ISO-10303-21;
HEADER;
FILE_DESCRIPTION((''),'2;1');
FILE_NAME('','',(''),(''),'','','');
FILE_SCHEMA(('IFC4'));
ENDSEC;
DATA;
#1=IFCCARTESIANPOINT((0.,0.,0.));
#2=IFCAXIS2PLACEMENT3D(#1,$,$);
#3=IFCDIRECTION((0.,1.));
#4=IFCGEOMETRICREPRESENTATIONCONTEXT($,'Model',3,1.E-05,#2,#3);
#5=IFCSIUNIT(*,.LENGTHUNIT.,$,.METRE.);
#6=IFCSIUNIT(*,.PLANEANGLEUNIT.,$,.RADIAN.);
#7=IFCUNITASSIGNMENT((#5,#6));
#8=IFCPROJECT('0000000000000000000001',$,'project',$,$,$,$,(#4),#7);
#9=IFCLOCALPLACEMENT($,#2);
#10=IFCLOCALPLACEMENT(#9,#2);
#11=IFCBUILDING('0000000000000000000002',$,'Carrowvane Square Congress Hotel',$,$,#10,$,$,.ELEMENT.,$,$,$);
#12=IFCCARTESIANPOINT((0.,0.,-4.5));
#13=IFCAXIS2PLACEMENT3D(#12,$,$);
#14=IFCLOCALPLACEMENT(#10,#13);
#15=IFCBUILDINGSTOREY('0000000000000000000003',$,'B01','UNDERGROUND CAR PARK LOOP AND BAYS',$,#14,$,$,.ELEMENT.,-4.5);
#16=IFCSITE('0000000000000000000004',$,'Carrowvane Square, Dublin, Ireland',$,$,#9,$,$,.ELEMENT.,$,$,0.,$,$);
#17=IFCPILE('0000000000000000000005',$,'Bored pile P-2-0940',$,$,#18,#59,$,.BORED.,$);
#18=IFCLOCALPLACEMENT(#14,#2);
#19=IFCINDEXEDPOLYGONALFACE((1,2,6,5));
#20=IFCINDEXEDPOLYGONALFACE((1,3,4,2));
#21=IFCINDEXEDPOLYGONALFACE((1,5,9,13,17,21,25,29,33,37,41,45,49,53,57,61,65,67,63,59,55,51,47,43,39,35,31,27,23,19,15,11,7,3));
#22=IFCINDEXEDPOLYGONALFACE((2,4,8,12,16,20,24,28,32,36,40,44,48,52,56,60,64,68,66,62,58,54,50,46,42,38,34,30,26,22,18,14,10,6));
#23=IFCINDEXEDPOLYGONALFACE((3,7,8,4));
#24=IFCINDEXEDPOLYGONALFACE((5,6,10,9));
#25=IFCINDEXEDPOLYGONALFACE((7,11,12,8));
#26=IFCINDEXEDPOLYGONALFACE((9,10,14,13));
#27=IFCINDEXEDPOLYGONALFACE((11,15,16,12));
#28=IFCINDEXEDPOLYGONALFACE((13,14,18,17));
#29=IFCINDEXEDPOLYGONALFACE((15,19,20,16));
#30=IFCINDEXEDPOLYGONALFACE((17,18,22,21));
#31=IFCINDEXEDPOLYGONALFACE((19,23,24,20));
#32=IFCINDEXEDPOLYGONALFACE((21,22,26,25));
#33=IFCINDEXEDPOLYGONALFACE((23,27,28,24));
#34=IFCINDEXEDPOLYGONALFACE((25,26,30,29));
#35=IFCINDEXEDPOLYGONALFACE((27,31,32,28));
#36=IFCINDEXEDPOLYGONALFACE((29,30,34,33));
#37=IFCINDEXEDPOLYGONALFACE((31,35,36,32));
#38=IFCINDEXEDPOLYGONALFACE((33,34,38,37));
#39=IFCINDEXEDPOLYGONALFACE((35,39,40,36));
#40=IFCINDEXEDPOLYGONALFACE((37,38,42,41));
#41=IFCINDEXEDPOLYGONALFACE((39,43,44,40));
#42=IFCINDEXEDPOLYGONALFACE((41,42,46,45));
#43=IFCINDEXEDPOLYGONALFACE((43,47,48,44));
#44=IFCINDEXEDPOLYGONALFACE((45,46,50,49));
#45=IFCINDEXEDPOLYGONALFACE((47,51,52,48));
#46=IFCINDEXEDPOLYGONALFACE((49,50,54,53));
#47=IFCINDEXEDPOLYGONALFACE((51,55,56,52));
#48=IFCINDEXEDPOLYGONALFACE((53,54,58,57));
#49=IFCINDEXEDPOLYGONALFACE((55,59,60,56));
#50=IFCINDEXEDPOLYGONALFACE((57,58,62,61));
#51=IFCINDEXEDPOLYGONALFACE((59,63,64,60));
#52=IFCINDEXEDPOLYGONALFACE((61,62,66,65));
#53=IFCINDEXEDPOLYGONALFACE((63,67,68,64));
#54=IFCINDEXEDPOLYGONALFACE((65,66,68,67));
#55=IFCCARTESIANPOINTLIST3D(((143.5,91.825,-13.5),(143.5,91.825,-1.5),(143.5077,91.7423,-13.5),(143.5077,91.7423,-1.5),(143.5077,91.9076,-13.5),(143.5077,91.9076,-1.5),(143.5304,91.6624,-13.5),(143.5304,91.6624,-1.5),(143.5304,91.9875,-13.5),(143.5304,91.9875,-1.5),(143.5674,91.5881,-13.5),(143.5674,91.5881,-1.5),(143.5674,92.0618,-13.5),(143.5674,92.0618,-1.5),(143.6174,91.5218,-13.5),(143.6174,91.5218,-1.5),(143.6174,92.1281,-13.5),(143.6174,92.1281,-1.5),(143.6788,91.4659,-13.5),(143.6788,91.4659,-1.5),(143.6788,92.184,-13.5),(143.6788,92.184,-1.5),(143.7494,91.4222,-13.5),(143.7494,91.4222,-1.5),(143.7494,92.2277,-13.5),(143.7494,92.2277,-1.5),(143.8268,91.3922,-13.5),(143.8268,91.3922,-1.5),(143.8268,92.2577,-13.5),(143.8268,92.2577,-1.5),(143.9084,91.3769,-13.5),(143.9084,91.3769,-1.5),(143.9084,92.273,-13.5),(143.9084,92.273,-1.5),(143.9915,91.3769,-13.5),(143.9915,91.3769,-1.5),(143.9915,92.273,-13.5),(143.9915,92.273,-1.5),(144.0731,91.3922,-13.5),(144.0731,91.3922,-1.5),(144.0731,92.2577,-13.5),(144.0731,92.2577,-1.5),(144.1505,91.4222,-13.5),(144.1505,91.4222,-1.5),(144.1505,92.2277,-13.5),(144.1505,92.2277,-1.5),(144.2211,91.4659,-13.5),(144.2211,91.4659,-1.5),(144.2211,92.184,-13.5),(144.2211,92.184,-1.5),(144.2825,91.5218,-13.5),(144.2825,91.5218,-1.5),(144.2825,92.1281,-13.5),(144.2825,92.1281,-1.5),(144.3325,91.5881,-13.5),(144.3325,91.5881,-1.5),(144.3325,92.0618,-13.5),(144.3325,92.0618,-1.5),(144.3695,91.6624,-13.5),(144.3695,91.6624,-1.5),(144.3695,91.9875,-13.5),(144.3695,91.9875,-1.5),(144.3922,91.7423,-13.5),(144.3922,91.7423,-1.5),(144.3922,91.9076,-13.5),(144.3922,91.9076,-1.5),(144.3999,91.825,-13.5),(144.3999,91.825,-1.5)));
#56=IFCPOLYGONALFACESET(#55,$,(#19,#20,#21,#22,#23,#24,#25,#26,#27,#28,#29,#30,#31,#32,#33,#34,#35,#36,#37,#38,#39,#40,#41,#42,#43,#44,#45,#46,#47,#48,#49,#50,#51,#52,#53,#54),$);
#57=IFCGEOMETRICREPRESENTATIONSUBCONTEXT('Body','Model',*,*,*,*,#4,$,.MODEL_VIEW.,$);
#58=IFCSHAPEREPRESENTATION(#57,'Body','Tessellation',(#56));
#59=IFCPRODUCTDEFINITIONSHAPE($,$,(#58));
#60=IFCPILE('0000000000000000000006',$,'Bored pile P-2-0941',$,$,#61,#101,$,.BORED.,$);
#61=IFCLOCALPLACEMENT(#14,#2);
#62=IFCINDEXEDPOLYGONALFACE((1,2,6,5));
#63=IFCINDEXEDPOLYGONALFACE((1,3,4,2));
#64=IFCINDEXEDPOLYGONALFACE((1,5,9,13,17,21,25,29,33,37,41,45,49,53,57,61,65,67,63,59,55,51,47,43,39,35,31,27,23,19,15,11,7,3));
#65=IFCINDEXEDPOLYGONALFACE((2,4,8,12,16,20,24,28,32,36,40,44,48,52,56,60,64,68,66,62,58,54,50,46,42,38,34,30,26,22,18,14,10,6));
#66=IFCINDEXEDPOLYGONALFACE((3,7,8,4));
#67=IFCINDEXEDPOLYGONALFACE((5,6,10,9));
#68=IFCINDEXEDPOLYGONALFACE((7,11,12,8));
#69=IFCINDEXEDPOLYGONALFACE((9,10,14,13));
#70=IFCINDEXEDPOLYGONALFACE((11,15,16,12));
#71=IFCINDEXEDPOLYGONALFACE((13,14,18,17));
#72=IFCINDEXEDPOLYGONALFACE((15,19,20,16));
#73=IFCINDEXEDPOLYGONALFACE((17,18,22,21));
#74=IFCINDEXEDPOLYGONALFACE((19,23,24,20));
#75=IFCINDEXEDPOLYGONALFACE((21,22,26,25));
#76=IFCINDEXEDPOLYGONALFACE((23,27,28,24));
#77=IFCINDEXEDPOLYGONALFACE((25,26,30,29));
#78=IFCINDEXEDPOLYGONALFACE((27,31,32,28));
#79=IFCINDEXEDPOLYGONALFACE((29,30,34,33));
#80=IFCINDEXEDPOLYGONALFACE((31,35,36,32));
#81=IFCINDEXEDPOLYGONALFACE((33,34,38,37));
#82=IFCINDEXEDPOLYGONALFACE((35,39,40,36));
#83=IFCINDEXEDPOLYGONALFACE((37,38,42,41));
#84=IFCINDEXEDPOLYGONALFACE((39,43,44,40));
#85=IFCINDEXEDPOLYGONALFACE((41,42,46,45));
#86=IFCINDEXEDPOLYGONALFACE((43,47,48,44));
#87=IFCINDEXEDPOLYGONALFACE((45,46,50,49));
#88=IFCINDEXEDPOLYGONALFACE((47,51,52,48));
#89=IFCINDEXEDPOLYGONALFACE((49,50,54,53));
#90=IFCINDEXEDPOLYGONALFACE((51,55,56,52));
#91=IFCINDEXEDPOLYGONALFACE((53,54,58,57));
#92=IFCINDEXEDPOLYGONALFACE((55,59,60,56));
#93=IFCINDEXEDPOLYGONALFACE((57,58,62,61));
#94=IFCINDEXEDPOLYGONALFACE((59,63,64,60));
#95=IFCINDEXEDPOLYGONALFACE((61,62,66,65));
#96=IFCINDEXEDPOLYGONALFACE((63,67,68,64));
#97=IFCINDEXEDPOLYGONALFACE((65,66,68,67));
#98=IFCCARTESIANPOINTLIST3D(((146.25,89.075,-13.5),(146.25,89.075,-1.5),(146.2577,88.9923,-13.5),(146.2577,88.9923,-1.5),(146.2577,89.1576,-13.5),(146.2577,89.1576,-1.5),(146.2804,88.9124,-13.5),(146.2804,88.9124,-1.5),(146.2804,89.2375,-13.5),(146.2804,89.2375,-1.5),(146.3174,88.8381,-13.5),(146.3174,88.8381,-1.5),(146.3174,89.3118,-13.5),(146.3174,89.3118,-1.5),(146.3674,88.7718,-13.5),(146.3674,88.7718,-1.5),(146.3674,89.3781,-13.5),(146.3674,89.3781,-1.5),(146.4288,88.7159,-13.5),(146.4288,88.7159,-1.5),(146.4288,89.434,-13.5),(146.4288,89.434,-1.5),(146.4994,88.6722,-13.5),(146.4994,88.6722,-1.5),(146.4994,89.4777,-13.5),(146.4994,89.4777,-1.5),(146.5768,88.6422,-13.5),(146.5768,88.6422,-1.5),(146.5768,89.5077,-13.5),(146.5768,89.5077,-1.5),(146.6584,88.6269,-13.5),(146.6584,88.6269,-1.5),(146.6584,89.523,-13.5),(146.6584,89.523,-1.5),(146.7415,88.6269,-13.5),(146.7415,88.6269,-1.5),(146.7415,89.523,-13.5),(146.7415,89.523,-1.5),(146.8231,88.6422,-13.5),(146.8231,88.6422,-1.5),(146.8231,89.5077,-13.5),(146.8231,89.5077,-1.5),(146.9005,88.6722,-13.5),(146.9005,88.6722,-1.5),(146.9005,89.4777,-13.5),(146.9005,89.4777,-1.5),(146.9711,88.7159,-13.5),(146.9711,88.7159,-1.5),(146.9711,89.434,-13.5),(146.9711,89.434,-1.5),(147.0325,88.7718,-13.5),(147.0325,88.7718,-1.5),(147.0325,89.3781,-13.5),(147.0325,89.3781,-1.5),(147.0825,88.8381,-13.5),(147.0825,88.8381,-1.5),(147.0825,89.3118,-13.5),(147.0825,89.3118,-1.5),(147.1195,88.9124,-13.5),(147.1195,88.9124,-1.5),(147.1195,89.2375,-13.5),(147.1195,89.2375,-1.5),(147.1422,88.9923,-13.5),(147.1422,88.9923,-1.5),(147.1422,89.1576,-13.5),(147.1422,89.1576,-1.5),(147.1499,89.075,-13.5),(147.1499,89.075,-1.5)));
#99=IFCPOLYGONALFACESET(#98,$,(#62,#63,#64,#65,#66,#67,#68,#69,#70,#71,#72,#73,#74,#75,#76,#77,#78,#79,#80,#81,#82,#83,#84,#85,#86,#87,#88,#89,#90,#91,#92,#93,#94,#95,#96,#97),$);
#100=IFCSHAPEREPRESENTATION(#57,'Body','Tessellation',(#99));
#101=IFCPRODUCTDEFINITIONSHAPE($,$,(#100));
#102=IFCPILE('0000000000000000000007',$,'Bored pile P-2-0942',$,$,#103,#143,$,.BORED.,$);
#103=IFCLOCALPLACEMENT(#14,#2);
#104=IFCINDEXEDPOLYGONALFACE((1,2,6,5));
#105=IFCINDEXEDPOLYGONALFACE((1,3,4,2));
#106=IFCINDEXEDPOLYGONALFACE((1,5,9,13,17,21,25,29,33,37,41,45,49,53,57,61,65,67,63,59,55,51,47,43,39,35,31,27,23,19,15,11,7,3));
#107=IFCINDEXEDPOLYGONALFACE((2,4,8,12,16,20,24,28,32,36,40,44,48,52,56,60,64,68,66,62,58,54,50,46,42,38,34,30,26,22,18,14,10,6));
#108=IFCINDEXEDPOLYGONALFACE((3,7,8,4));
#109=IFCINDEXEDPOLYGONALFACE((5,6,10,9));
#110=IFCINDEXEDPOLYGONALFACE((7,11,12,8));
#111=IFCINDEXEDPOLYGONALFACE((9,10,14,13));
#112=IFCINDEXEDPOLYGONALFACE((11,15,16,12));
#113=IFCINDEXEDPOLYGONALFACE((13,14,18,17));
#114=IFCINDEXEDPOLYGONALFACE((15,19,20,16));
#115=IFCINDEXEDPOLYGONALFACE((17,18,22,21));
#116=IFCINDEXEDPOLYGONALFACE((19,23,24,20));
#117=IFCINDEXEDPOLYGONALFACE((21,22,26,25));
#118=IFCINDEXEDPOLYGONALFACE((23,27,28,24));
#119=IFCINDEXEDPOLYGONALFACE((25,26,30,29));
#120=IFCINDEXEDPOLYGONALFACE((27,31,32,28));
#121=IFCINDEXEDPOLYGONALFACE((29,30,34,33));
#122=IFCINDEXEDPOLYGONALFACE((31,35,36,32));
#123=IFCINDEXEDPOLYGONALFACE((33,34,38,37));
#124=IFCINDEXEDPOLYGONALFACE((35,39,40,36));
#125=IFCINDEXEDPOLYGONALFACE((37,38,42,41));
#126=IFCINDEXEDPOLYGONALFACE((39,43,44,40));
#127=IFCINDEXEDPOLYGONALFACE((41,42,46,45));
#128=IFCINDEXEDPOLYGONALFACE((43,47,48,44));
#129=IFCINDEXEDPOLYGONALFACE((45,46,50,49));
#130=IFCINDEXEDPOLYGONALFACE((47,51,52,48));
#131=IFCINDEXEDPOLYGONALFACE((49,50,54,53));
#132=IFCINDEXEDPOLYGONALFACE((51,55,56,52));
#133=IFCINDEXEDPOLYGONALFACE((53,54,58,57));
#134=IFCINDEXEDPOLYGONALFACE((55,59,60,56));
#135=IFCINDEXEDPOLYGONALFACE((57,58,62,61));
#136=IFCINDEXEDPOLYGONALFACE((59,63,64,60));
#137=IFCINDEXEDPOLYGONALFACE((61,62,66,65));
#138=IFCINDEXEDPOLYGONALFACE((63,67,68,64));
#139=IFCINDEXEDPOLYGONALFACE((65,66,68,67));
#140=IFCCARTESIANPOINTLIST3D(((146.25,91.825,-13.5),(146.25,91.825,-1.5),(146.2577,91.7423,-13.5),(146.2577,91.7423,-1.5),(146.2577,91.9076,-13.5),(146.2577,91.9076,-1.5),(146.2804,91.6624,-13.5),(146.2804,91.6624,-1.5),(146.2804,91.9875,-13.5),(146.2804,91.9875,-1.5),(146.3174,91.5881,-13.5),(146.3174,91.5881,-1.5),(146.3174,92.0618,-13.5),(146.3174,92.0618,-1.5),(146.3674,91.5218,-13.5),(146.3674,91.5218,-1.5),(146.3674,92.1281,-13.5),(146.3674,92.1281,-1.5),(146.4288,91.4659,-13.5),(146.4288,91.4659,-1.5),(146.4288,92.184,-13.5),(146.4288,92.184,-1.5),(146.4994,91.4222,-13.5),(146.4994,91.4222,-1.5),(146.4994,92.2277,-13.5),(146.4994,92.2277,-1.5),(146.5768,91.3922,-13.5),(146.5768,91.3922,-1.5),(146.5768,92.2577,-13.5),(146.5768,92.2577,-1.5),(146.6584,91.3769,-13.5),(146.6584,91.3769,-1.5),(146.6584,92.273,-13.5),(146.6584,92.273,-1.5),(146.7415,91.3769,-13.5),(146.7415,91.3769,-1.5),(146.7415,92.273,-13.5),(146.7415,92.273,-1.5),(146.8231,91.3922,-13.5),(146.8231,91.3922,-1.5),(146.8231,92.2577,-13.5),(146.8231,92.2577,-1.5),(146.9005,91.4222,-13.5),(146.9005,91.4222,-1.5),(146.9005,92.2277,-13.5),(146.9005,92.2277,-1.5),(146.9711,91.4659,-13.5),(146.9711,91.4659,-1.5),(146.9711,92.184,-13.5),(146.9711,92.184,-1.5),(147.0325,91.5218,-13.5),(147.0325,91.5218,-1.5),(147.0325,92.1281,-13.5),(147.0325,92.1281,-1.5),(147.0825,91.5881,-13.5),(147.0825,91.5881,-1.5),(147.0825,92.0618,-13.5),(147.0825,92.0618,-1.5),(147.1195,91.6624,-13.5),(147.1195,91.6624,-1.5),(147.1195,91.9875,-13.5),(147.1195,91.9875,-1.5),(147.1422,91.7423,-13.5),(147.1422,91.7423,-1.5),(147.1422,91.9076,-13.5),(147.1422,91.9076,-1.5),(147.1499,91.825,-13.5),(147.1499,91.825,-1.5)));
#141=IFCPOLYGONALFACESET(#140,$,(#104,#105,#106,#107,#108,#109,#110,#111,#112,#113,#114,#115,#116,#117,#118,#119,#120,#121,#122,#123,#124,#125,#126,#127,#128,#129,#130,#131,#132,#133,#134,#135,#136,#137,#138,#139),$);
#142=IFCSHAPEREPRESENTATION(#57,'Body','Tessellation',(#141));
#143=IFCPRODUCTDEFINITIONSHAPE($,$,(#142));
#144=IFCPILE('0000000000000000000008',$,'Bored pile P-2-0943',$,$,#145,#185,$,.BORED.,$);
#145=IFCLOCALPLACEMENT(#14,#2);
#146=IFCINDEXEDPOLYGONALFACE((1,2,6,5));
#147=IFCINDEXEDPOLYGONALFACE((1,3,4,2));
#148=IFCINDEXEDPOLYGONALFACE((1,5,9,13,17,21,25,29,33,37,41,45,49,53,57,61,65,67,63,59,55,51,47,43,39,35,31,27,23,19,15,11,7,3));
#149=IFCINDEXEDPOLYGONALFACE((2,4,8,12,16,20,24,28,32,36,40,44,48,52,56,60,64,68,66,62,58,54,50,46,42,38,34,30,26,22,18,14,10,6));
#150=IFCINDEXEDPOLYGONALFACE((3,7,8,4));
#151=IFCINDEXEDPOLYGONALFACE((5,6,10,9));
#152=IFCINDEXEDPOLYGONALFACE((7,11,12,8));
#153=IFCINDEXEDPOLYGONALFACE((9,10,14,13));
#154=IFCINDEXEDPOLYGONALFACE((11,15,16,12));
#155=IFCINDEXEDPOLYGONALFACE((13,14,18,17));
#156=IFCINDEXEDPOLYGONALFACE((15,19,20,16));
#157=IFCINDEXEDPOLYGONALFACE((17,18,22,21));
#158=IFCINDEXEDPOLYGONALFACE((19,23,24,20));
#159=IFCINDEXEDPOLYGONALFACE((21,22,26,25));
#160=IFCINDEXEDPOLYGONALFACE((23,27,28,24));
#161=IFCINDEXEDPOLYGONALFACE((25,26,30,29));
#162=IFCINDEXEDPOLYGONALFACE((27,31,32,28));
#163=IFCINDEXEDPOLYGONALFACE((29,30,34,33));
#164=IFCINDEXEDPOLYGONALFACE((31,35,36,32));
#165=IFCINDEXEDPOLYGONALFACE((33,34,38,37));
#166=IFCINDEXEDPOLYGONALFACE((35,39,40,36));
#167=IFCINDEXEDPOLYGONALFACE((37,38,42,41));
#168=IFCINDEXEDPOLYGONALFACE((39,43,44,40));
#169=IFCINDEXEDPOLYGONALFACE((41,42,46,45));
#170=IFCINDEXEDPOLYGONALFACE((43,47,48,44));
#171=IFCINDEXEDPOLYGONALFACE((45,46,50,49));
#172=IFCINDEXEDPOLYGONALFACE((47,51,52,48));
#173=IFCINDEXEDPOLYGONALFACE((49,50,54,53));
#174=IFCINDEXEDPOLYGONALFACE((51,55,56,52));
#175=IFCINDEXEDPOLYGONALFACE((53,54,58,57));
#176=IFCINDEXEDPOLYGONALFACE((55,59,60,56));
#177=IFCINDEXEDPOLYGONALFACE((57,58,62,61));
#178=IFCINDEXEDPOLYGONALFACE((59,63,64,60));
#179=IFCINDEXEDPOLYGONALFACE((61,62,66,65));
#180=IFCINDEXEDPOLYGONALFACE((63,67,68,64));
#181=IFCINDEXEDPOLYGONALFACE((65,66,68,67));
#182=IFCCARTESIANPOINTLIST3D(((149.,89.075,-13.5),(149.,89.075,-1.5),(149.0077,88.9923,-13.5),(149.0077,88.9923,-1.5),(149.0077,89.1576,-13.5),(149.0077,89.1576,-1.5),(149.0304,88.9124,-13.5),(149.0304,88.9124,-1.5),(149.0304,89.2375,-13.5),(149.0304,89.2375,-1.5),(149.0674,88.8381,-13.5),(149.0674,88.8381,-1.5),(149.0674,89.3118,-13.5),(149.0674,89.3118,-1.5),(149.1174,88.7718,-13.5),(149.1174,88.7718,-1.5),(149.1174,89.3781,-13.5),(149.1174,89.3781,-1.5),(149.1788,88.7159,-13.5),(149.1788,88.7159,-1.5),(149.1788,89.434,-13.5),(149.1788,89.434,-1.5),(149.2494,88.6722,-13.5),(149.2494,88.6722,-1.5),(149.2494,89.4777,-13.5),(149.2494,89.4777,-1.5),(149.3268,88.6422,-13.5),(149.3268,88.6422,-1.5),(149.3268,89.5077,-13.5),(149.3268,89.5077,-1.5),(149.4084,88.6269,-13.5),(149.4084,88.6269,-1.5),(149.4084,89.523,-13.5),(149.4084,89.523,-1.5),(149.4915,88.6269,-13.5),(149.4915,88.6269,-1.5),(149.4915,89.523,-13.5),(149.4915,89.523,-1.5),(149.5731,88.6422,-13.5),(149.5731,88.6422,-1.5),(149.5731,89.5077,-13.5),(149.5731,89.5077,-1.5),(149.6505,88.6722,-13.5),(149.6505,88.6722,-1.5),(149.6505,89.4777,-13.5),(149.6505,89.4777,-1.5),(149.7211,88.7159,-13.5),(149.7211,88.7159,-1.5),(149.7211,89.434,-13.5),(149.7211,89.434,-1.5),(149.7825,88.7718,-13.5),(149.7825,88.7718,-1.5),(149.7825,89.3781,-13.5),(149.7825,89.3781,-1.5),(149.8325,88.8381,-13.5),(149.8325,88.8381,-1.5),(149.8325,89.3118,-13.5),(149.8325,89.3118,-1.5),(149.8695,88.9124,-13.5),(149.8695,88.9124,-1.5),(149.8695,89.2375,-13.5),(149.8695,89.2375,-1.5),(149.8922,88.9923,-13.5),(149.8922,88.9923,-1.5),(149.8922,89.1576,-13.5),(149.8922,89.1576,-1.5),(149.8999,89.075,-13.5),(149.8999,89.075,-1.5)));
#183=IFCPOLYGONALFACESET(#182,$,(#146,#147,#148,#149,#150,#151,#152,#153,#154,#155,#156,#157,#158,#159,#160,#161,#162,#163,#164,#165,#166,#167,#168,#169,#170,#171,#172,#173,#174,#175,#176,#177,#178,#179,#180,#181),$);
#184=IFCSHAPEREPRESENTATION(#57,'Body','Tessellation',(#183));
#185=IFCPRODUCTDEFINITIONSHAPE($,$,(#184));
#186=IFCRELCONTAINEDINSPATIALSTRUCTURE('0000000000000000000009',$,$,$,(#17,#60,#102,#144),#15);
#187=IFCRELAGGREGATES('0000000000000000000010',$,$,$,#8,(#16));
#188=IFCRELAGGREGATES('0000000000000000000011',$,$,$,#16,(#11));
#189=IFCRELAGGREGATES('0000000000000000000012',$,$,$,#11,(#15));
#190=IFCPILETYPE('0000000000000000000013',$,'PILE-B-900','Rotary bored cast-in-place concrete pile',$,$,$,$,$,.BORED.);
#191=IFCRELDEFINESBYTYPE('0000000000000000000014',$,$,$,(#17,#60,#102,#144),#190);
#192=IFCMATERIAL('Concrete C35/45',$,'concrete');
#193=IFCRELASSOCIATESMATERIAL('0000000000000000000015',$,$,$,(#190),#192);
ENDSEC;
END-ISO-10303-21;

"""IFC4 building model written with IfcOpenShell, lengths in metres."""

from ifc_helpers import new_model, si_unit, direction, frame, origin, origin_2d, place, context, subcontext, project, spatial, circle, extrude, material, material_profile, profile_set, type_object, element, save


model = new_model("IFC4")

# Units and contexts
model_context = context("Model", 3, precision=1e-05, world=origin(), true_north=direction((0.0, 1.0)))
body_context = subcontext(model_context, "Body", "Model", "MODEL_VIEW")
ifc_project = project(units=[si_unit("LENGTHUNIT", "METRE"), si_unit("PLANEANGLEUNIT", "RADIAN")], contexts=[model_context])

# Site, building, storey
site_placement = place(None, origin())
site = spatial("IfcSite", under=ifc_project, at=site_placement, Name="Carrowvane Square, Dublin, Ireland", CompositionType="ELEMENT", RefElevation=0.0)
building_placement = place(site_placement, origin())
building = spatial("IfcBuilding", under=site, at=building_placement, Name="Carrowvane Square Congress Hotel", CompositionType="ELEMENT")
storey_placement = place(building_placement, frame((0.0, 0.0, -4.5)))
storey = spatial("IfcBuildingStorey", under=building, at=storey_placement, Name="B01", Description="UNDERGROUND CAR PARK LOOP AND BAYS", CompositionType="ELEMENT", Elevation=-4.5)

# Piles
ifc_material_1 = material(Name="Concrete C35/45", Category="concrete")
ifc_material_profile_1 = material_profile(ifc_material_1, circle(Radius=0.45, at=origin_2d()), Name="PILE D900")
ifc_profile_set_1 = profile_set([ifc_material_profile_1], Name="Concrete C35/45")
pile_type_1 = type_object("IfcPileType", Name="PILE-B-900", Description="Rotary bored cast-in-place concrete pile", PredefinedType="BORED", material=ifc_profile_set_1)
for number, where, z_axis, x_axis, name in (
    (1, (143.95, 91.825, -1.5), (0.0, 0.0, -1.0), (1.0, 0.0, 0.0), "Bored pile P-2-0940"),
    (2, (146.7, 89.075, -1.5), (0.0, 0.0, -1.0), (1.0, 0.0, 0.0), "Bored pile P-2-0941"),
    (3, (146.7, 91.825, -1.5), (0.0, 0.0, -1.0), (1.0, 0.0, 0.0), "Bored pile P-2-0942"),
    (4, (149.45, 89.075, -1.5), (0.0, 0.0, -1.0), (1.0, 0.0, 0.0), "Bored pile P-2-0943"),
):
    element("IfcPile", number, at=place(storey_placement, frame(where, z_axis=z_axis, x_axis=x_axis)), inside=storey, type_object=pile_type_1, Name=name, PredefinedType="BORED", context=body_context, shape_type="SweptSolid", body=[
        extrude(circle(Radius=0.45, at=origin_2d()), origin(), (0.0, 0.0, 1.0), 12.0),
    ])

save(model, "model.ifc")
